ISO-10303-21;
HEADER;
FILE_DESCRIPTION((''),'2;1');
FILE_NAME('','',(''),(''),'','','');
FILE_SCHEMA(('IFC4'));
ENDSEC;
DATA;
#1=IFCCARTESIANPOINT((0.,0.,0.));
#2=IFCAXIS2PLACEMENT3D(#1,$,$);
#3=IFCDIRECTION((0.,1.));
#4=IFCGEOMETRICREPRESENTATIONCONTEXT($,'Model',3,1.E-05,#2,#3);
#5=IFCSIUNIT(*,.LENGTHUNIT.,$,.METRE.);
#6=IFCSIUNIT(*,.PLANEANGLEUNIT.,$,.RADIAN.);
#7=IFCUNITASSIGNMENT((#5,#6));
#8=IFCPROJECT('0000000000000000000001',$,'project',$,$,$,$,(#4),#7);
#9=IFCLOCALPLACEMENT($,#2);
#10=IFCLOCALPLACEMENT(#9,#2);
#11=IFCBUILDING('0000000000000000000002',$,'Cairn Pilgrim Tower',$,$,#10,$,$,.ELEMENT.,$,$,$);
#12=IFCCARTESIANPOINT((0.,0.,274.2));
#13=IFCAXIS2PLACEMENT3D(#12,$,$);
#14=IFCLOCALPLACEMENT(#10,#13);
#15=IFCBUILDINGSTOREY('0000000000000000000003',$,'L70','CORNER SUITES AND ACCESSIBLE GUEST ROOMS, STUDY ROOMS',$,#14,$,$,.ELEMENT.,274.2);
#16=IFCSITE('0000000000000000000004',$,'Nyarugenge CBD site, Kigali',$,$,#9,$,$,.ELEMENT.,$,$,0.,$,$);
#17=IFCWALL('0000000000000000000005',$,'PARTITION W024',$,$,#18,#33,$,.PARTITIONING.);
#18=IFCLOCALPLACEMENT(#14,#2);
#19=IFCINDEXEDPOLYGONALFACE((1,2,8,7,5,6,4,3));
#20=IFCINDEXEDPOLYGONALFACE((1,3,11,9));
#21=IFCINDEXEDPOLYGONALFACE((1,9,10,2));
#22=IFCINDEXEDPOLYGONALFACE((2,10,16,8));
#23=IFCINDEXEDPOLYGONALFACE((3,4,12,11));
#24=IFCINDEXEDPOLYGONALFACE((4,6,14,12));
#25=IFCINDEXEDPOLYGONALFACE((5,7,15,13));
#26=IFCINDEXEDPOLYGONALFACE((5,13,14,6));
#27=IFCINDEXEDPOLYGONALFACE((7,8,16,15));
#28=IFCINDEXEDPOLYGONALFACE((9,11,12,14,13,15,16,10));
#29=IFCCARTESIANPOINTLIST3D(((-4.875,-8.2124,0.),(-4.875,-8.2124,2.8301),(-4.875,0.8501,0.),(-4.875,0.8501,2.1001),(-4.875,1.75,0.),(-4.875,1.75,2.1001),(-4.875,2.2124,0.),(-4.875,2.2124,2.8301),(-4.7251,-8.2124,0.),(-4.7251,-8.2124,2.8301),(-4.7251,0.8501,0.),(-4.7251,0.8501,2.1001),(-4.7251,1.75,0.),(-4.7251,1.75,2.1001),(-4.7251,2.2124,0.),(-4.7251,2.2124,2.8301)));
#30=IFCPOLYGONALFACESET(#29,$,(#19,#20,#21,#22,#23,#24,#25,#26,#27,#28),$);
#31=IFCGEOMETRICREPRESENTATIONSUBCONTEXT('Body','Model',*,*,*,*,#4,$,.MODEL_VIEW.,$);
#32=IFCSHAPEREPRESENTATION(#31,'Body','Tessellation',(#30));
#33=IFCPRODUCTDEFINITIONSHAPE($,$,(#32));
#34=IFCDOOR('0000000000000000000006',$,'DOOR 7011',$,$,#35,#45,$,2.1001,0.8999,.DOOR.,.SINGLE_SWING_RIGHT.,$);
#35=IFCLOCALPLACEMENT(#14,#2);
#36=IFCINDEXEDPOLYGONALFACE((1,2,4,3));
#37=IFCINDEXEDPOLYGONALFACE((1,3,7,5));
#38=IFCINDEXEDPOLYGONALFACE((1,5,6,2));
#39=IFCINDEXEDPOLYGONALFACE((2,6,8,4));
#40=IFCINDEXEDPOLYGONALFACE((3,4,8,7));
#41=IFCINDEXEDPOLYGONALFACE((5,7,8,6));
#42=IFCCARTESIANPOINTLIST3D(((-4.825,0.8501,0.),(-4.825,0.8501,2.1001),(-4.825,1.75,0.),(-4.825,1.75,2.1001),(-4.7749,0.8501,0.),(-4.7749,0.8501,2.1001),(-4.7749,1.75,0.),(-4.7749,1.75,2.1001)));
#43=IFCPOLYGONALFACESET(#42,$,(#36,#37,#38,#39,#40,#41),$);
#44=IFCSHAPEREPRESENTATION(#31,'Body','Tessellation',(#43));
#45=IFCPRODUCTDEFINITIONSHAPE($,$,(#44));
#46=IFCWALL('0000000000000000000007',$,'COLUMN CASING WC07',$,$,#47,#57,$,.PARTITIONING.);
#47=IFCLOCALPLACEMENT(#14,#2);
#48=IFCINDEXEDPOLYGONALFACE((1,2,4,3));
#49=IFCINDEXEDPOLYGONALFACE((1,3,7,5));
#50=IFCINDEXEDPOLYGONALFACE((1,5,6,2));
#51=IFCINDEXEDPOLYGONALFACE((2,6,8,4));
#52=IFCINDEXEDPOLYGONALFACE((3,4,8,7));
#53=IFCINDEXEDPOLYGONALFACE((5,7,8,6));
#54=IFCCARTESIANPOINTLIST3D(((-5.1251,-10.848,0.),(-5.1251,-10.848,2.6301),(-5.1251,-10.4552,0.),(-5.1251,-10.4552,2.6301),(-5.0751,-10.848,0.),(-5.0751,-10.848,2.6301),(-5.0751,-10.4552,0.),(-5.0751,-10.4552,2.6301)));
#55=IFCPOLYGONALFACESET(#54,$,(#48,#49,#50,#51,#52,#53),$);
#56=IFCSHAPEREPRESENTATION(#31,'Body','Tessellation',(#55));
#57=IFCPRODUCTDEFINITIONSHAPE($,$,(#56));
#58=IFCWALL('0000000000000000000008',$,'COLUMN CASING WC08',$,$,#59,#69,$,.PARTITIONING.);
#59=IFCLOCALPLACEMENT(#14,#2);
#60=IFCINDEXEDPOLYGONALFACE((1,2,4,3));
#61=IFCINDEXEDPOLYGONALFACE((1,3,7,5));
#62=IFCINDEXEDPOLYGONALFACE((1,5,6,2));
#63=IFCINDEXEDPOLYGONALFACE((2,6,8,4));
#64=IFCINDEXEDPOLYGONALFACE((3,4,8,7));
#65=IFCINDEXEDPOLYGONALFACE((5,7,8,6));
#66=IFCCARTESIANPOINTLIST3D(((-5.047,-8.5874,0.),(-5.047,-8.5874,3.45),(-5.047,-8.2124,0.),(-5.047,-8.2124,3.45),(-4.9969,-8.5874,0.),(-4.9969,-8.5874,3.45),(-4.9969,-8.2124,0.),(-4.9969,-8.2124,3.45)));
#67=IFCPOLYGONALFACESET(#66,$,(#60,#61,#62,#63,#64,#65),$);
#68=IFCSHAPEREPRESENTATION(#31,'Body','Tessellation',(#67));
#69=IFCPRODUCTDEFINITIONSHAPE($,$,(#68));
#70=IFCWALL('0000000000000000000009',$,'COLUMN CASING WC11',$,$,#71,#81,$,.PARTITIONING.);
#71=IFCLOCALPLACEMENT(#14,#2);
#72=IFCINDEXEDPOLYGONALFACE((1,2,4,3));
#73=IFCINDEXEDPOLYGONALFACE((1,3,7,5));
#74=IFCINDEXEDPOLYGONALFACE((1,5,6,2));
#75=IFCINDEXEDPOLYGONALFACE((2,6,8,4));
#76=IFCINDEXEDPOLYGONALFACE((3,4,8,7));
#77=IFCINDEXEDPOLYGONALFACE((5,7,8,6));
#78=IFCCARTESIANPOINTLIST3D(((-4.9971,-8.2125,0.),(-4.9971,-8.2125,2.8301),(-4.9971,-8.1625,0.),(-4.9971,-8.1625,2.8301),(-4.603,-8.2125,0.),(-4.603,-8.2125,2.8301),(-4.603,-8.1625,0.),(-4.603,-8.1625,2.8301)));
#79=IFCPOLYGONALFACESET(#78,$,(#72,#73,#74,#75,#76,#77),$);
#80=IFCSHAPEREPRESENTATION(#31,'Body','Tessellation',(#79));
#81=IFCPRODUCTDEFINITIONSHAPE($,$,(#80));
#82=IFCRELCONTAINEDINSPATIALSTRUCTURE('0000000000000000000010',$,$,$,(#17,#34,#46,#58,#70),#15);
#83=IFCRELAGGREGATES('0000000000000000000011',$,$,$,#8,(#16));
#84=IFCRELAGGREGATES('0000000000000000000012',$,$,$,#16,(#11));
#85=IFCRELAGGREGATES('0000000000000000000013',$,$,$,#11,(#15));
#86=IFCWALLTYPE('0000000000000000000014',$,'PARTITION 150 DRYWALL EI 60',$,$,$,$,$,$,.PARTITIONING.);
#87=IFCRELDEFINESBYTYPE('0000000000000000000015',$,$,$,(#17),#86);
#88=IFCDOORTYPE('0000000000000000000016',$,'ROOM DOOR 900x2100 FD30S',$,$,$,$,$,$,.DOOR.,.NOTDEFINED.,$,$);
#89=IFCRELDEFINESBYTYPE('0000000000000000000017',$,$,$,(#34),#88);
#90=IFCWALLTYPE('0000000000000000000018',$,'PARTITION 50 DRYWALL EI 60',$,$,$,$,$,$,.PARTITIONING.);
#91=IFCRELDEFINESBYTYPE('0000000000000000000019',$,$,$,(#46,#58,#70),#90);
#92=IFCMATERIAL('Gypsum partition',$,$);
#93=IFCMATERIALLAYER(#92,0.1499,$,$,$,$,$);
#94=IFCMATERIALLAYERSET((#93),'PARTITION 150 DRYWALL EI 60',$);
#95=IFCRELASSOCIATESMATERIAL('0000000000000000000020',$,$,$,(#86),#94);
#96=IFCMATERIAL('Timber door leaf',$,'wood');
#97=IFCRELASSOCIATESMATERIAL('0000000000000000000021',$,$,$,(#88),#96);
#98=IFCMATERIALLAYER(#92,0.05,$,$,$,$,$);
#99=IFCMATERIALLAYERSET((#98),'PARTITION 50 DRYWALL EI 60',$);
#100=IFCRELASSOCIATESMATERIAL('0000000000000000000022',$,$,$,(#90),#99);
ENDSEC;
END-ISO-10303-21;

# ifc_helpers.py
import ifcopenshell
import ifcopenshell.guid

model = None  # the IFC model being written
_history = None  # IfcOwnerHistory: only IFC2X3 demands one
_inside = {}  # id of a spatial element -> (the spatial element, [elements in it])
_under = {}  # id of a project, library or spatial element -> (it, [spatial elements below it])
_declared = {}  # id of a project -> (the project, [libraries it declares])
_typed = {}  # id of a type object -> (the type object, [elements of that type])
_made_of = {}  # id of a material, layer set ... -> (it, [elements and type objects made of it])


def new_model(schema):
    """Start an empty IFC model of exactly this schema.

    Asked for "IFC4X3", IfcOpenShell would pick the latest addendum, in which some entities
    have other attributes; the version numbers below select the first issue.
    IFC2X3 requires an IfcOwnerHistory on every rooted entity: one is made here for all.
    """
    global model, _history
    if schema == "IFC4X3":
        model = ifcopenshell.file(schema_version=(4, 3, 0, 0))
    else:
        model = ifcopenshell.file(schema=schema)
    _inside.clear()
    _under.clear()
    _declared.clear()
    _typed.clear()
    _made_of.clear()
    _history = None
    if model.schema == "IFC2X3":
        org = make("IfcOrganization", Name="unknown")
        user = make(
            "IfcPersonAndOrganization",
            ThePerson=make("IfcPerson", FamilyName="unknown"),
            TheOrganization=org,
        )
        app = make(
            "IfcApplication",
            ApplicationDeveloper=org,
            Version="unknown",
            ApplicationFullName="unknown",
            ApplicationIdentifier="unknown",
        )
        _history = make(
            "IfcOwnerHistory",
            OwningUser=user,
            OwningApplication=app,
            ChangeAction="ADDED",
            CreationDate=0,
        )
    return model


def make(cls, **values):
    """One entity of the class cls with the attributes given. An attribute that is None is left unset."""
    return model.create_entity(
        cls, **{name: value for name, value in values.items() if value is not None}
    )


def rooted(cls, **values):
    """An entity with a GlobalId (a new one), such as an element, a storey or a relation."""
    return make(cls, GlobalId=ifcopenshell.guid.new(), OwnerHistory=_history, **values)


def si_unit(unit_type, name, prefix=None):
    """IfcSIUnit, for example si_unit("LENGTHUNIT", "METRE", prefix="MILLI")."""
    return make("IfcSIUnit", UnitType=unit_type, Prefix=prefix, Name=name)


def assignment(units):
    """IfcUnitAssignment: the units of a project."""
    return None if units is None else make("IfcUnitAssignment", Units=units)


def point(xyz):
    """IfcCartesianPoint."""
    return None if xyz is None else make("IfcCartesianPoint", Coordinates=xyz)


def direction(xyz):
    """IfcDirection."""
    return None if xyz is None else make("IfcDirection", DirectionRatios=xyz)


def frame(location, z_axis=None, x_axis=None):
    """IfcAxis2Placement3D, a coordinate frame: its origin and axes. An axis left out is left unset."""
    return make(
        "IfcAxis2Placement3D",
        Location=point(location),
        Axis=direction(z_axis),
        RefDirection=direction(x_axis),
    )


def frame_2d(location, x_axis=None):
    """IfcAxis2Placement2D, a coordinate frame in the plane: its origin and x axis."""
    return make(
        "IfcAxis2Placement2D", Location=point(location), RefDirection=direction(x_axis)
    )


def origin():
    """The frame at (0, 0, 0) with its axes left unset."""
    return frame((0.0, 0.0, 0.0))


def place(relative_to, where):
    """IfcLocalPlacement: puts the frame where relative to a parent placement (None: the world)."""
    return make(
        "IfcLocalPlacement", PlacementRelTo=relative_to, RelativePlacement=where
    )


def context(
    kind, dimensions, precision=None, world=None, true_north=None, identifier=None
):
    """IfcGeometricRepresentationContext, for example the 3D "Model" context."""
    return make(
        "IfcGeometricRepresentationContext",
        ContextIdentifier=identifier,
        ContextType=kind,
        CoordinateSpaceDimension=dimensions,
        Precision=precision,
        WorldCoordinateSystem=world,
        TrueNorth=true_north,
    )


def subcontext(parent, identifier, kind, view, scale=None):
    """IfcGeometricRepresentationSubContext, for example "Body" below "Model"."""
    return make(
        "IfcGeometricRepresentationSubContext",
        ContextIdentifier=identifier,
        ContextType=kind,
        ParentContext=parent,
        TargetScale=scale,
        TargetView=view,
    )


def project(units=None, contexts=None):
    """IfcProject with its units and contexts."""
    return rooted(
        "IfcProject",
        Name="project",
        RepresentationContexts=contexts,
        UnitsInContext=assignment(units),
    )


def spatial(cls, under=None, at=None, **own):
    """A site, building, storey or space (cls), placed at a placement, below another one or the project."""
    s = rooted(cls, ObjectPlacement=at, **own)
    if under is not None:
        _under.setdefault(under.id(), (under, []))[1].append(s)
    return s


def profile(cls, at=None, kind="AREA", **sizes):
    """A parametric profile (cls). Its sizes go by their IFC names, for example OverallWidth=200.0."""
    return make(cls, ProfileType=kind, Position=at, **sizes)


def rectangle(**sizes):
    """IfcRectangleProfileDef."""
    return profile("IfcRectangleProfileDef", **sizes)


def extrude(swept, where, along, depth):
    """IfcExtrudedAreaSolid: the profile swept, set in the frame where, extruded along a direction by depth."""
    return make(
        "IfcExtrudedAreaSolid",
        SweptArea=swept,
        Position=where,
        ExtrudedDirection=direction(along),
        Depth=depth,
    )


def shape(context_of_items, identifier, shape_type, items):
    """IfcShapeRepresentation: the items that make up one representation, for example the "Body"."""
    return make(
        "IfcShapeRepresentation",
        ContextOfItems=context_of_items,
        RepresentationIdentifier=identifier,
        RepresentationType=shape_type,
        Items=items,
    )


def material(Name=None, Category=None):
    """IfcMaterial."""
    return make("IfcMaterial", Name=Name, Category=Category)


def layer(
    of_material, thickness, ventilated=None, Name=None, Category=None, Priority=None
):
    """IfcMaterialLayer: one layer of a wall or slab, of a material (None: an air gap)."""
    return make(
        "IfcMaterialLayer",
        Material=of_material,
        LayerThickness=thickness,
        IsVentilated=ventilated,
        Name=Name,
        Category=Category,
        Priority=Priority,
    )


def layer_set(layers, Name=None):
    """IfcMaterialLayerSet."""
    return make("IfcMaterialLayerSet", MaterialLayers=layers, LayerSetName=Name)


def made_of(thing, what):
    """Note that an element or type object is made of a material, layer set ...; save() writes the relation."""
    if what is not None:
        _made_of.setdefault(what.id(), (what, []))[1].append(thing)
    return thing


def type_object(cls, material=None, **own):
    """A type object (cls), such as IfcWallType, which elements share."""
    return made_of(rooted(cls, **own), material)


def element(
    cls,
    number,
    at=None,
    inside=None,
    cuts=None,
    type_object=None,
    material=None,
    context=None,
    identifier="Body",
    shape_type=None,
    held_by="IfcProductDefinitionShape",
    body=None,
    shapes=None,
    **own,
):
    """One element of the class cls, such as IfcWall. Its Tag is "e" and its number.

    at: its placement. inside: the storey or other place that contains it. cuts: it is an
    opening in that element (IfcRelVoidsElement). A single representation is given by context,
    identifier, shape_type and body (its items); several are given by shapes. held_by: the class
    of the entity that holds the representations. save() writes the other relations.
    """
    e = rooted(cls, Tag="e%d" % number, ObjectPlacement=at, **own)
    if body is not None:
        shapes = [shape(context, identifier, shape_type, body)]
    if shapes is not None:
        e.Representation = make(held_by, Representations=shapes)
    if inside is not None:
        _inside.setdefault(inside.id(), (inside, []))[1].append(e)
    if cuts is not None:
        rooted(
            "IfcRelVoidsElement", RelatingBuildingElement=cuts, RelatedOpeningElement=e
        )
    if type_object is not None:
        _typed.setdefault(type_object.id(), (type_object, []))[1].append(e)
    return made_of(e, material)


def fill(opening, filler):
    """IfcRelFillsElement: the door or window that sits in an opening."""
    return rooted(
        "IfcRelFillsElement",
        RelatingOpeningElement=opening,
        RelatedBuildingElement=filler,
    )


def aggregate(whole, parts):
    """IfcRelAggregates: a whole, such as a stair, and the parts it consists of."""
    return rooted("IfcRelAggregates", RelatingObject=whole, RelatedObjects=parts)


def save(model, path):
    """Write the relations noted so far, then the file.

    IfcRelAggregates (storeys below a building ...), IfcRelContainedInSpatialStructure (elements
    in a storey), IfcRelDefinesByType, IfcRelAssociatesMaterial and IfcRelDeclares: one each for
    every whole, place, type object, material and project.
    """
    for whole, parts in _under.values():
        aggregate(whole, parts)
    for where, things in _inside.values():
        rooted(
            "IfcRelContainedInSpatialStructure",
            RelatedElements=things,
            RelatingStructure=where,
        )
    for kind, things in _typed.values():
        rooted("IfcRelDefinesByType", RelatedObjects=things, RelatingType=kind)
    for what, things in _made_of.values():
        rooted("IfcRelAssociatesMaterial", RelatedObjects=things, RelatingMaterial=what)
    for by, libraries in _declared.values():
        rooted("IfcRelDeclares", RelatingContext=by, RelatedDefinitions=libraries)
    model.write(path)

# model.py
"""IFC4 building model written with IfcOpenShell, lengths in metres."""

from ifc_helpers import new_model, si_unit, direction, frame, frame_2d, origin, place, context, subcontext, project, spatial, rectangle, extrude, material, layer, layer_set, type_object, element, fill, save


model = new_model("IFC4")

# Units and contexts
model_context = context("Model", 3, precision=1e-05, world=origin(), true_north=direction((0.0, 1.0)))
body_context = subcontext(model_context, "Body", "Model", "MODEL_VIEW")
ifc_project = project(units=[si_unit("LENGTHUNIT", "METRE"), si_unit("PLANEANGLEUNIT", "RADIAN")], contexts=[model_context])

# Site, building, storey
site_placement = place(None, origin())
site = spatial("IfcSite", under=ifc_project, at=site_placement, Name="Nyarugenge CBD site, Kigali", CompositionType="ELEMENT", RefElevation=0.0)
building_placement = place(site_placement, origin())
building = spatial("IfcBuilding", under=site, at=building_placement, Name="Cairn Pilgrim Tower", CompositionType="ELEMENT")
storey_placement = place(building_placement, frame((0.0, 0.0, 274.2)))
storey = spatial("IfcBuildingStorey", under=building, at=storey_placement, Name="L70", Description="CORNER SUITES AND ACCESSIBLE GUEST ROOMS, STUDY ROOMS", CompositionType="ELEMENT", Elevation=274.2)

# Shared definitions
ifc_material_1 = material(Name="Gypsum partition")
ifc_layer_1 = layer(ifc_material_1, 0.1499)
ifc_layer_set_1 = layer_set([ifc_layer_1], Name="PARTITION 150 DRYWALL EI 60")
wall_type_1 = type_object("IfcWallType", Name="PARTITION 150 DRYWALL EI 60", PredefinedType="PARTITIONING", material=ifc_layer_set_1)

# Wall, opening, door
ifc_material_2 = material(Name="Timber door leaf", Category="wood")
wall_1_placement = place(storey_placement, frame((-4.8, -8.2124, 0.0), z_axis=(0.0, 0.0, 1.0), x_axis=(0.0, 1.0, 0.0)))
wall_1 = element("IfcWall", 1, at=wall_1_placement, inside=storey, type_object=wall_type_1, Name="PARTITION W024", PredefinedType="PARTITIONING", context=body_context, shape_type="SweptSolid", body=[
    extrude(rectangle(XDim=10.4248, YDim=0.1499, at=frame_2d((5.2124, 0.0))), origin(), (0.0, 0.0, 1.0), 2.8301),
])
opening_1_placement = place(wall_1_placement, frame((9.0625, 0.0, 0.0)))
opening_1 = element("IfcOpeningElement", 2, at=opening_1_placement, cuts=wall_1, PredefinedType="OPENING", context=body_context, shape_type="SweptSolid", body=[
    extrude(rectangle(XDim=0.8999, YDim=2.1001, at=frame_2d((0.45, 1.05))), frame((0.0, 0.085, 0.0), z_axis=(0.0, -1.0, 0.0), x_axis=(1.0, 0.0, 0.0)), (0.0, 0.0, 1.0), 0.1699),
])
door_type_1 = type_object("IfcDoorType", Name="ROOM DOOR 900x2100 FD30S", OperationType="NOTDEFINED", PredefinedType="DOOR", material=ifc_material_2)
door_1_placement = place(opening_1_placement, origin())
door_1 = element("IfcDoor", 3, at=door_1_placement, inside=storey, type_object=door_type_1, Name="DOOR 7011", OperationType="SINGLE_SWING_RIGHT", OverallHeight=2.1001, OverallWidth=0.8999, PredefinedType="DOOR", context=body_context, shape_type="SweptSolid", body=[
    extrude(rectangle(XDim=0.8999, YDim=2.1001, at=frame_2d((0.45, 1.05))), frame((0.0, 0.0249, 0.0), z_axis=(0.0, -1.0, 0.0), x_axis=(1.0, 0.0, 0.0)), (0.0, 0.0, 1.0), 0.05),
])
fill(opening_1, door_1)

# Walls
ifc_layer_2 = layer(ifc_material_1, 0.05)
ifc_layer_set_2 = layer_set([ifc_layer_2], Name="PARTITION 50 DRYWALL EI 60")
wall_type_2 = type_object("IfcWallType", Name="PARTITION 50 DRYWALL EI 60", PredefinedType="PARTITIONING", material=ifc_layer_set_2)
wall_2_placement = place(storey_placement, frame((-5.1001, -10.8479, 0.0), z_axis=(0.0, 0.0, 1.0), x_axis=(0.0, 1.0, 0.0)))
element("IfcWall", 4, at=wall_2_placement, inside=storey, type_object=wall_type_2, Name="COLUMN CASING WC07", PredefinedType="PARTITIONING", context=body_context, shape_type="SweptSolid", body=[
    extrude(rectangle(XDim=0.3928, YDim=0.05, at=frame_2d((0.1963, 0.0))), origin(), (0.0, 0.0, 1.0), 2.6301),
])
wall_3_placement = place(storey_placement, frame((-5.022, -8.5874, 0.0), z_axis=(0.0, 0.0, 1.0), x_axis=(0.0, 1.0, 0.0)))
element("IfcWall", 5, at=wall_3_placement, inside=storey, type_object=wall_type_2, Name="COLUMN CASING WC08", PredefinedType="PARTITIONING", context=body_context, shape_type="SweptSolid", body=[
    extrude(rectangle(XDim=0.375, YDim=0.05, at=frame_2d((0.1875, 0.0))), origin(), (0.0, 0.0, 1.0), 3.45),
])
wall_4_placement = place(storey_placement, frame((-4.9971, -8.1875, 0.0), z_axis=(0.0, 0.0, 1.0), x_axis=(1.0, 0.0, 0.0)))
element("IfcWall", 6, at=wall_4_placement, inside=storey, type_object=wall_type_2, Name="COLUMN CASING WC11", PredefinedType="PARTITIONING", context=body_context, shape_type="SweptSolid", body=[
    extrude(rectangle(XDim=0.394, YDim=0.05, at=frame_2d((0.197, 0.0))), origin(), (0.0, 0.0, 1.0), 2.8301),
])

save(model, "model.ifc")
